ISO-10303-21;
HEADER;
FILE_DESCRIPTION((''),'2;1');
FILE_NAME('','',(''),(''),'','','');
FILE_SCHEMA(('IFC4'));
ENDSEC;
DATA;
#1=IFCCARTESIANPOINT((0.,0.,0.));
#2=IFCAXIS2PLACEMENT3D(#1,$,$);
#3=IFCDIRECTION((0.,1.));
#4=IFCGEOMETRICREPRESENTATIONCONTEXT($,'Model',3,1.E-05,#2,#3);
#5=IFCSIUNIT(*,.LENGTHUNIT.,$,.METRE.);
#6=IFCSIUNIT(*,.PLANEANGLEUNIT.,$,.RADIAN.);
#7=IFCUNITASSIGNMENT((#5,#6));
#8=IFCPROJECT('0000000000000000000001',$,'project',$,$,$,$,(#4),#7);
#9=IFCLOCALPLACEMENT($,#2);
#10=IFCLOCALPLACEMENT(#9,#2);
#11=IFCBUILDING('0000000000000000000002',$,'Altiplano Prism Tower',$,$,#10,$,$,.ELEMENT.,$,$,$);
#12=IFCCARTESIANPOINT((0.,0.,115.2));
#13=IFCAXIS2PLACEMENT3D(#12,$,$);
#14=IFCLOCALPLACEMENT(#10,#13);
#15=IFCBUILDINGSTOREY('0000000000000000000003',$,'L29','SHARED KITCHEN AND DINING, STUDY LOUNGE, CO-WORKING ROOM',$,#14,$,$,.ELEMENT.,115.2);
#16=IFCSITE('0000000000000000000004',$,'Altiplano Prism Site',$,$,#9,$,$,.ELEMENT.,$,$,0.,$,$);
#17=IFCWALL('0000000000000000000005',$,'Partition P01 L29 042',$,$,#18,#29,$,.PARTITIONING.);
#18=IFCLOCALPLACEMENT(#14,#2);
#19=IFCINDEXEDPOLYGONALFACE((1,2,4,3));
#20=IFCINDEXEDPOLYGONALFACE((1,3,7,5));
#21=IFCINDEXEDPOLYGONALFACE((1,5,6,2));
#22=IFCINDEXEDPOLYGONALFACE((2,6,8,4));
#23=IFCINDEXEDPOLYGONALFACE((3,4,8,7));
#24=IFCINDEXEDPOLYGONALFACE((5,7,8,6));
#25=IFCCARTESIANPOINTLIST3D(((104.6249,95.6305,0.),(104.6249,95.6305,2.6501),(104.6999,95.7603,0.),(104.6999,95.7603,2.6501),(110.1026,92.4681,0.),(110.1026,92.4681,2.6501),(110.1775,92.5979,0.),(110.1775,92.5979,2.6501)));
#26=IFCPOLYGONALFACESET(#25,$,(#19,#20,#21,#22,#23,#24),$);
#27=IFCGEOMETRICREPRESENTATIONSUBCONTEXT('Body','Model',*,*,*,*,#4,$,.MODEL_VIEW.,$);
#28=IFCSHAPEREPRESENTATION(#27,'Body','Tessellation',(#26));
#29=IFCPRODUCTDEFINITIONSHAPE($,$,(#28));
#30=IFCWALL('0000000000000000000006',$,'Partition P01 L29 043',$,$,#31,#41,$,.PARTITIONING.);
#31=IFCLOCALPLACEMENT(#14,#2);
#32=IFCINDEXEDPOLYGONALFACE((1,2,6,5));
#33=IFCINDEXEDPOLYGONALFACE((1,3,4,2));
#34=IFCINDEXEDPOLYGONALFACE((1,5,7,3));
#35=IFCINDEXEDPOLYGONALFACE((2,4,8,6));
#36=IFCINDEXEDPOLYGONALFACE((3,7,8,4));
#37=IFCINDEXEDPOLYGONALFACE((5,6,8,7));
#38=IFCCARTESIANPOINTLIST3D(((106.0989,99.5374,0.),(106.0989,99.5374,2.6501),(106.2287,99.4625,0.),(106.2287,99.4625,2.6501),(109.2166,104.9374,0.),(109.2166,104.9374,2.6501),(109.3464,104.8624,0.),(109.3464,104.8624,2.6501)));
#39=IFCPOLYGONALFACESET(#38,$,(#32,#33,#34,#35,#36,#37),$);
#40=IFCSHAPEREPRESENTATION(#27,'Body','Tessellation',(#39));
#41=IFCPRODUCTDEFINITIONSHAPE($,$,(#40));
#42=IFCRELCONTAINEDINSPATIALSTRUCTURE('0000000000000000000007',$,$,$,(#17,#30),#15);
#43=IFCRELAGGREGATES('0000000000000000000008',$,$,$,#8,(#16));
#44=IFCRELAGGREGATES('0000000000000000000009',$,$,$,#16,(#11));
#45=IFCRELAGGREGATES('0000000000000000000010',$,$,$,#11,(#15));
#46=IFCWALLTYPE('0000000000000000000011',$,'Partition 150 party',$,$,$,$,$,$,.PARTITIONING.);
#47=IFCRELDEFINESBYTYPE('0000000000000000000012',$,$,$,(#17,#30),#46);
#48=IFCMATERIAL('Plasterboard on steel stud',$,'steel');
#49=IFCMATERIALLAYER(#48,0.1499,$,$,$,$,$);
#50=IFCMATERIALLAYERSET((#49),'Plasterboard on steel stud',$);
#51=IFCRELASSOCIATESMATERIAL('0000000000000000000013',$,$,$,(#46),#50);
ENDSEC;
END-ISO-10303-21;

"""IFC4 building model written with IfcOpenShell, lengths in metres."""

from ifc_helpers import new_model, si_unit, direction, frame, frame_2d, origin, place, context, subcontext, project, spatial, rectangle, extrude, material, layer, layer_set, type_object, element, save


model = new_model("IFC4")

# Units and contexts
model_context = context("Model", 3, precision=1e-05, world=origin(), true_north=direction((0.0, 1.0)))
body_context = subcontext(model_context, "Body", "Model", "MODEL_VIEW")
ifc_project = project(units=[si_unit("LENGTHUNIT", "METRE"), si_unit("PLANEANGLEUNIT", "RADIAN")], contexts=[model_context])

# Site, building, storey
site_placement = place(None, origin())
site = spatial("IfcSite", under=ifc_project, at=site_placement, Name="Altiplano Prism Site", CompositionType="ELEMENT", RefElevation=0.0)
building_placement = place(site_placement, origin())
building = spatial("IfcBuilding", under=site, at=building_placement, Name="Altiplano Prism Tower", CompositionType="ELEMENT")
storey_placement = place(building_placement, frame((0.0, 0.0, 115.2)))
storey = spatial("IfcBuildingStorey", under=building, at=storey_placement, Name="L29", Description="SHARED KITCHEN AND DINING, STUDY LOUNGE, CO-WORKING ROOM", CompositionType="ELEMENT", Elevation=115.2)

# Walls
ifc_material_1 = material(Name="Plasterboard on steel stud", Category="steel")
ifc_layer_1 = layer(ifc_material_1, 0.1499)
ifc_layer_set_1 = layer_set([ifc_layer_1], Name="Plasterboard on steel stud")
wall_type_1 = type_object("IfcWallType", Name="Partition 150 party", PredefinedType="PARTITIONING", material=ifc_layer_set_1)
wall_1_placement = place(storey_placement, frame((110.1401, 92.533, 0.0), z_axis=(0.0, 0.0, 1.0), x_axis=(-0.866033, 0.499988, 0.0)))
element("IfcWall", 1, at=wall_1_placement, inside=storey, type_object=wall_type_1, Name="Partition P01 L29 042", PredefinedType="PARTITIONING", context=body_context, shape_type="SweptSolid", body=[
    extrude(rectangle(XDim=6.325, YDim=0.1499, at=frame_2d((3.1626, 0.0))), origin(), (0.0, 0.0, 1.0), 2.6501),
])
wall_2_placement = place(storey_placement, frame((109.2815, 104.8999, 0.0), z_axis=(0.0, 0.0, 1.0), x_axis=(-0.500005, -0.866023, 0.0)))
element("IfcWall", 2, at=wall_2_placement, inside=storey, type_object=wall_type_1, Name="Partition P01 L29 043", PredefinedType="PARTITIONING", context=body_context, shape_type="SweptSolid", body=[
    extrude(rectangle(XDim=6.2354, YDim=0.1499, at=frame_2d((3.1177, 0.0))), origin(), (0.0, 0.0, 1.0), 2.6501),
])

save(model, "model.ifc")
